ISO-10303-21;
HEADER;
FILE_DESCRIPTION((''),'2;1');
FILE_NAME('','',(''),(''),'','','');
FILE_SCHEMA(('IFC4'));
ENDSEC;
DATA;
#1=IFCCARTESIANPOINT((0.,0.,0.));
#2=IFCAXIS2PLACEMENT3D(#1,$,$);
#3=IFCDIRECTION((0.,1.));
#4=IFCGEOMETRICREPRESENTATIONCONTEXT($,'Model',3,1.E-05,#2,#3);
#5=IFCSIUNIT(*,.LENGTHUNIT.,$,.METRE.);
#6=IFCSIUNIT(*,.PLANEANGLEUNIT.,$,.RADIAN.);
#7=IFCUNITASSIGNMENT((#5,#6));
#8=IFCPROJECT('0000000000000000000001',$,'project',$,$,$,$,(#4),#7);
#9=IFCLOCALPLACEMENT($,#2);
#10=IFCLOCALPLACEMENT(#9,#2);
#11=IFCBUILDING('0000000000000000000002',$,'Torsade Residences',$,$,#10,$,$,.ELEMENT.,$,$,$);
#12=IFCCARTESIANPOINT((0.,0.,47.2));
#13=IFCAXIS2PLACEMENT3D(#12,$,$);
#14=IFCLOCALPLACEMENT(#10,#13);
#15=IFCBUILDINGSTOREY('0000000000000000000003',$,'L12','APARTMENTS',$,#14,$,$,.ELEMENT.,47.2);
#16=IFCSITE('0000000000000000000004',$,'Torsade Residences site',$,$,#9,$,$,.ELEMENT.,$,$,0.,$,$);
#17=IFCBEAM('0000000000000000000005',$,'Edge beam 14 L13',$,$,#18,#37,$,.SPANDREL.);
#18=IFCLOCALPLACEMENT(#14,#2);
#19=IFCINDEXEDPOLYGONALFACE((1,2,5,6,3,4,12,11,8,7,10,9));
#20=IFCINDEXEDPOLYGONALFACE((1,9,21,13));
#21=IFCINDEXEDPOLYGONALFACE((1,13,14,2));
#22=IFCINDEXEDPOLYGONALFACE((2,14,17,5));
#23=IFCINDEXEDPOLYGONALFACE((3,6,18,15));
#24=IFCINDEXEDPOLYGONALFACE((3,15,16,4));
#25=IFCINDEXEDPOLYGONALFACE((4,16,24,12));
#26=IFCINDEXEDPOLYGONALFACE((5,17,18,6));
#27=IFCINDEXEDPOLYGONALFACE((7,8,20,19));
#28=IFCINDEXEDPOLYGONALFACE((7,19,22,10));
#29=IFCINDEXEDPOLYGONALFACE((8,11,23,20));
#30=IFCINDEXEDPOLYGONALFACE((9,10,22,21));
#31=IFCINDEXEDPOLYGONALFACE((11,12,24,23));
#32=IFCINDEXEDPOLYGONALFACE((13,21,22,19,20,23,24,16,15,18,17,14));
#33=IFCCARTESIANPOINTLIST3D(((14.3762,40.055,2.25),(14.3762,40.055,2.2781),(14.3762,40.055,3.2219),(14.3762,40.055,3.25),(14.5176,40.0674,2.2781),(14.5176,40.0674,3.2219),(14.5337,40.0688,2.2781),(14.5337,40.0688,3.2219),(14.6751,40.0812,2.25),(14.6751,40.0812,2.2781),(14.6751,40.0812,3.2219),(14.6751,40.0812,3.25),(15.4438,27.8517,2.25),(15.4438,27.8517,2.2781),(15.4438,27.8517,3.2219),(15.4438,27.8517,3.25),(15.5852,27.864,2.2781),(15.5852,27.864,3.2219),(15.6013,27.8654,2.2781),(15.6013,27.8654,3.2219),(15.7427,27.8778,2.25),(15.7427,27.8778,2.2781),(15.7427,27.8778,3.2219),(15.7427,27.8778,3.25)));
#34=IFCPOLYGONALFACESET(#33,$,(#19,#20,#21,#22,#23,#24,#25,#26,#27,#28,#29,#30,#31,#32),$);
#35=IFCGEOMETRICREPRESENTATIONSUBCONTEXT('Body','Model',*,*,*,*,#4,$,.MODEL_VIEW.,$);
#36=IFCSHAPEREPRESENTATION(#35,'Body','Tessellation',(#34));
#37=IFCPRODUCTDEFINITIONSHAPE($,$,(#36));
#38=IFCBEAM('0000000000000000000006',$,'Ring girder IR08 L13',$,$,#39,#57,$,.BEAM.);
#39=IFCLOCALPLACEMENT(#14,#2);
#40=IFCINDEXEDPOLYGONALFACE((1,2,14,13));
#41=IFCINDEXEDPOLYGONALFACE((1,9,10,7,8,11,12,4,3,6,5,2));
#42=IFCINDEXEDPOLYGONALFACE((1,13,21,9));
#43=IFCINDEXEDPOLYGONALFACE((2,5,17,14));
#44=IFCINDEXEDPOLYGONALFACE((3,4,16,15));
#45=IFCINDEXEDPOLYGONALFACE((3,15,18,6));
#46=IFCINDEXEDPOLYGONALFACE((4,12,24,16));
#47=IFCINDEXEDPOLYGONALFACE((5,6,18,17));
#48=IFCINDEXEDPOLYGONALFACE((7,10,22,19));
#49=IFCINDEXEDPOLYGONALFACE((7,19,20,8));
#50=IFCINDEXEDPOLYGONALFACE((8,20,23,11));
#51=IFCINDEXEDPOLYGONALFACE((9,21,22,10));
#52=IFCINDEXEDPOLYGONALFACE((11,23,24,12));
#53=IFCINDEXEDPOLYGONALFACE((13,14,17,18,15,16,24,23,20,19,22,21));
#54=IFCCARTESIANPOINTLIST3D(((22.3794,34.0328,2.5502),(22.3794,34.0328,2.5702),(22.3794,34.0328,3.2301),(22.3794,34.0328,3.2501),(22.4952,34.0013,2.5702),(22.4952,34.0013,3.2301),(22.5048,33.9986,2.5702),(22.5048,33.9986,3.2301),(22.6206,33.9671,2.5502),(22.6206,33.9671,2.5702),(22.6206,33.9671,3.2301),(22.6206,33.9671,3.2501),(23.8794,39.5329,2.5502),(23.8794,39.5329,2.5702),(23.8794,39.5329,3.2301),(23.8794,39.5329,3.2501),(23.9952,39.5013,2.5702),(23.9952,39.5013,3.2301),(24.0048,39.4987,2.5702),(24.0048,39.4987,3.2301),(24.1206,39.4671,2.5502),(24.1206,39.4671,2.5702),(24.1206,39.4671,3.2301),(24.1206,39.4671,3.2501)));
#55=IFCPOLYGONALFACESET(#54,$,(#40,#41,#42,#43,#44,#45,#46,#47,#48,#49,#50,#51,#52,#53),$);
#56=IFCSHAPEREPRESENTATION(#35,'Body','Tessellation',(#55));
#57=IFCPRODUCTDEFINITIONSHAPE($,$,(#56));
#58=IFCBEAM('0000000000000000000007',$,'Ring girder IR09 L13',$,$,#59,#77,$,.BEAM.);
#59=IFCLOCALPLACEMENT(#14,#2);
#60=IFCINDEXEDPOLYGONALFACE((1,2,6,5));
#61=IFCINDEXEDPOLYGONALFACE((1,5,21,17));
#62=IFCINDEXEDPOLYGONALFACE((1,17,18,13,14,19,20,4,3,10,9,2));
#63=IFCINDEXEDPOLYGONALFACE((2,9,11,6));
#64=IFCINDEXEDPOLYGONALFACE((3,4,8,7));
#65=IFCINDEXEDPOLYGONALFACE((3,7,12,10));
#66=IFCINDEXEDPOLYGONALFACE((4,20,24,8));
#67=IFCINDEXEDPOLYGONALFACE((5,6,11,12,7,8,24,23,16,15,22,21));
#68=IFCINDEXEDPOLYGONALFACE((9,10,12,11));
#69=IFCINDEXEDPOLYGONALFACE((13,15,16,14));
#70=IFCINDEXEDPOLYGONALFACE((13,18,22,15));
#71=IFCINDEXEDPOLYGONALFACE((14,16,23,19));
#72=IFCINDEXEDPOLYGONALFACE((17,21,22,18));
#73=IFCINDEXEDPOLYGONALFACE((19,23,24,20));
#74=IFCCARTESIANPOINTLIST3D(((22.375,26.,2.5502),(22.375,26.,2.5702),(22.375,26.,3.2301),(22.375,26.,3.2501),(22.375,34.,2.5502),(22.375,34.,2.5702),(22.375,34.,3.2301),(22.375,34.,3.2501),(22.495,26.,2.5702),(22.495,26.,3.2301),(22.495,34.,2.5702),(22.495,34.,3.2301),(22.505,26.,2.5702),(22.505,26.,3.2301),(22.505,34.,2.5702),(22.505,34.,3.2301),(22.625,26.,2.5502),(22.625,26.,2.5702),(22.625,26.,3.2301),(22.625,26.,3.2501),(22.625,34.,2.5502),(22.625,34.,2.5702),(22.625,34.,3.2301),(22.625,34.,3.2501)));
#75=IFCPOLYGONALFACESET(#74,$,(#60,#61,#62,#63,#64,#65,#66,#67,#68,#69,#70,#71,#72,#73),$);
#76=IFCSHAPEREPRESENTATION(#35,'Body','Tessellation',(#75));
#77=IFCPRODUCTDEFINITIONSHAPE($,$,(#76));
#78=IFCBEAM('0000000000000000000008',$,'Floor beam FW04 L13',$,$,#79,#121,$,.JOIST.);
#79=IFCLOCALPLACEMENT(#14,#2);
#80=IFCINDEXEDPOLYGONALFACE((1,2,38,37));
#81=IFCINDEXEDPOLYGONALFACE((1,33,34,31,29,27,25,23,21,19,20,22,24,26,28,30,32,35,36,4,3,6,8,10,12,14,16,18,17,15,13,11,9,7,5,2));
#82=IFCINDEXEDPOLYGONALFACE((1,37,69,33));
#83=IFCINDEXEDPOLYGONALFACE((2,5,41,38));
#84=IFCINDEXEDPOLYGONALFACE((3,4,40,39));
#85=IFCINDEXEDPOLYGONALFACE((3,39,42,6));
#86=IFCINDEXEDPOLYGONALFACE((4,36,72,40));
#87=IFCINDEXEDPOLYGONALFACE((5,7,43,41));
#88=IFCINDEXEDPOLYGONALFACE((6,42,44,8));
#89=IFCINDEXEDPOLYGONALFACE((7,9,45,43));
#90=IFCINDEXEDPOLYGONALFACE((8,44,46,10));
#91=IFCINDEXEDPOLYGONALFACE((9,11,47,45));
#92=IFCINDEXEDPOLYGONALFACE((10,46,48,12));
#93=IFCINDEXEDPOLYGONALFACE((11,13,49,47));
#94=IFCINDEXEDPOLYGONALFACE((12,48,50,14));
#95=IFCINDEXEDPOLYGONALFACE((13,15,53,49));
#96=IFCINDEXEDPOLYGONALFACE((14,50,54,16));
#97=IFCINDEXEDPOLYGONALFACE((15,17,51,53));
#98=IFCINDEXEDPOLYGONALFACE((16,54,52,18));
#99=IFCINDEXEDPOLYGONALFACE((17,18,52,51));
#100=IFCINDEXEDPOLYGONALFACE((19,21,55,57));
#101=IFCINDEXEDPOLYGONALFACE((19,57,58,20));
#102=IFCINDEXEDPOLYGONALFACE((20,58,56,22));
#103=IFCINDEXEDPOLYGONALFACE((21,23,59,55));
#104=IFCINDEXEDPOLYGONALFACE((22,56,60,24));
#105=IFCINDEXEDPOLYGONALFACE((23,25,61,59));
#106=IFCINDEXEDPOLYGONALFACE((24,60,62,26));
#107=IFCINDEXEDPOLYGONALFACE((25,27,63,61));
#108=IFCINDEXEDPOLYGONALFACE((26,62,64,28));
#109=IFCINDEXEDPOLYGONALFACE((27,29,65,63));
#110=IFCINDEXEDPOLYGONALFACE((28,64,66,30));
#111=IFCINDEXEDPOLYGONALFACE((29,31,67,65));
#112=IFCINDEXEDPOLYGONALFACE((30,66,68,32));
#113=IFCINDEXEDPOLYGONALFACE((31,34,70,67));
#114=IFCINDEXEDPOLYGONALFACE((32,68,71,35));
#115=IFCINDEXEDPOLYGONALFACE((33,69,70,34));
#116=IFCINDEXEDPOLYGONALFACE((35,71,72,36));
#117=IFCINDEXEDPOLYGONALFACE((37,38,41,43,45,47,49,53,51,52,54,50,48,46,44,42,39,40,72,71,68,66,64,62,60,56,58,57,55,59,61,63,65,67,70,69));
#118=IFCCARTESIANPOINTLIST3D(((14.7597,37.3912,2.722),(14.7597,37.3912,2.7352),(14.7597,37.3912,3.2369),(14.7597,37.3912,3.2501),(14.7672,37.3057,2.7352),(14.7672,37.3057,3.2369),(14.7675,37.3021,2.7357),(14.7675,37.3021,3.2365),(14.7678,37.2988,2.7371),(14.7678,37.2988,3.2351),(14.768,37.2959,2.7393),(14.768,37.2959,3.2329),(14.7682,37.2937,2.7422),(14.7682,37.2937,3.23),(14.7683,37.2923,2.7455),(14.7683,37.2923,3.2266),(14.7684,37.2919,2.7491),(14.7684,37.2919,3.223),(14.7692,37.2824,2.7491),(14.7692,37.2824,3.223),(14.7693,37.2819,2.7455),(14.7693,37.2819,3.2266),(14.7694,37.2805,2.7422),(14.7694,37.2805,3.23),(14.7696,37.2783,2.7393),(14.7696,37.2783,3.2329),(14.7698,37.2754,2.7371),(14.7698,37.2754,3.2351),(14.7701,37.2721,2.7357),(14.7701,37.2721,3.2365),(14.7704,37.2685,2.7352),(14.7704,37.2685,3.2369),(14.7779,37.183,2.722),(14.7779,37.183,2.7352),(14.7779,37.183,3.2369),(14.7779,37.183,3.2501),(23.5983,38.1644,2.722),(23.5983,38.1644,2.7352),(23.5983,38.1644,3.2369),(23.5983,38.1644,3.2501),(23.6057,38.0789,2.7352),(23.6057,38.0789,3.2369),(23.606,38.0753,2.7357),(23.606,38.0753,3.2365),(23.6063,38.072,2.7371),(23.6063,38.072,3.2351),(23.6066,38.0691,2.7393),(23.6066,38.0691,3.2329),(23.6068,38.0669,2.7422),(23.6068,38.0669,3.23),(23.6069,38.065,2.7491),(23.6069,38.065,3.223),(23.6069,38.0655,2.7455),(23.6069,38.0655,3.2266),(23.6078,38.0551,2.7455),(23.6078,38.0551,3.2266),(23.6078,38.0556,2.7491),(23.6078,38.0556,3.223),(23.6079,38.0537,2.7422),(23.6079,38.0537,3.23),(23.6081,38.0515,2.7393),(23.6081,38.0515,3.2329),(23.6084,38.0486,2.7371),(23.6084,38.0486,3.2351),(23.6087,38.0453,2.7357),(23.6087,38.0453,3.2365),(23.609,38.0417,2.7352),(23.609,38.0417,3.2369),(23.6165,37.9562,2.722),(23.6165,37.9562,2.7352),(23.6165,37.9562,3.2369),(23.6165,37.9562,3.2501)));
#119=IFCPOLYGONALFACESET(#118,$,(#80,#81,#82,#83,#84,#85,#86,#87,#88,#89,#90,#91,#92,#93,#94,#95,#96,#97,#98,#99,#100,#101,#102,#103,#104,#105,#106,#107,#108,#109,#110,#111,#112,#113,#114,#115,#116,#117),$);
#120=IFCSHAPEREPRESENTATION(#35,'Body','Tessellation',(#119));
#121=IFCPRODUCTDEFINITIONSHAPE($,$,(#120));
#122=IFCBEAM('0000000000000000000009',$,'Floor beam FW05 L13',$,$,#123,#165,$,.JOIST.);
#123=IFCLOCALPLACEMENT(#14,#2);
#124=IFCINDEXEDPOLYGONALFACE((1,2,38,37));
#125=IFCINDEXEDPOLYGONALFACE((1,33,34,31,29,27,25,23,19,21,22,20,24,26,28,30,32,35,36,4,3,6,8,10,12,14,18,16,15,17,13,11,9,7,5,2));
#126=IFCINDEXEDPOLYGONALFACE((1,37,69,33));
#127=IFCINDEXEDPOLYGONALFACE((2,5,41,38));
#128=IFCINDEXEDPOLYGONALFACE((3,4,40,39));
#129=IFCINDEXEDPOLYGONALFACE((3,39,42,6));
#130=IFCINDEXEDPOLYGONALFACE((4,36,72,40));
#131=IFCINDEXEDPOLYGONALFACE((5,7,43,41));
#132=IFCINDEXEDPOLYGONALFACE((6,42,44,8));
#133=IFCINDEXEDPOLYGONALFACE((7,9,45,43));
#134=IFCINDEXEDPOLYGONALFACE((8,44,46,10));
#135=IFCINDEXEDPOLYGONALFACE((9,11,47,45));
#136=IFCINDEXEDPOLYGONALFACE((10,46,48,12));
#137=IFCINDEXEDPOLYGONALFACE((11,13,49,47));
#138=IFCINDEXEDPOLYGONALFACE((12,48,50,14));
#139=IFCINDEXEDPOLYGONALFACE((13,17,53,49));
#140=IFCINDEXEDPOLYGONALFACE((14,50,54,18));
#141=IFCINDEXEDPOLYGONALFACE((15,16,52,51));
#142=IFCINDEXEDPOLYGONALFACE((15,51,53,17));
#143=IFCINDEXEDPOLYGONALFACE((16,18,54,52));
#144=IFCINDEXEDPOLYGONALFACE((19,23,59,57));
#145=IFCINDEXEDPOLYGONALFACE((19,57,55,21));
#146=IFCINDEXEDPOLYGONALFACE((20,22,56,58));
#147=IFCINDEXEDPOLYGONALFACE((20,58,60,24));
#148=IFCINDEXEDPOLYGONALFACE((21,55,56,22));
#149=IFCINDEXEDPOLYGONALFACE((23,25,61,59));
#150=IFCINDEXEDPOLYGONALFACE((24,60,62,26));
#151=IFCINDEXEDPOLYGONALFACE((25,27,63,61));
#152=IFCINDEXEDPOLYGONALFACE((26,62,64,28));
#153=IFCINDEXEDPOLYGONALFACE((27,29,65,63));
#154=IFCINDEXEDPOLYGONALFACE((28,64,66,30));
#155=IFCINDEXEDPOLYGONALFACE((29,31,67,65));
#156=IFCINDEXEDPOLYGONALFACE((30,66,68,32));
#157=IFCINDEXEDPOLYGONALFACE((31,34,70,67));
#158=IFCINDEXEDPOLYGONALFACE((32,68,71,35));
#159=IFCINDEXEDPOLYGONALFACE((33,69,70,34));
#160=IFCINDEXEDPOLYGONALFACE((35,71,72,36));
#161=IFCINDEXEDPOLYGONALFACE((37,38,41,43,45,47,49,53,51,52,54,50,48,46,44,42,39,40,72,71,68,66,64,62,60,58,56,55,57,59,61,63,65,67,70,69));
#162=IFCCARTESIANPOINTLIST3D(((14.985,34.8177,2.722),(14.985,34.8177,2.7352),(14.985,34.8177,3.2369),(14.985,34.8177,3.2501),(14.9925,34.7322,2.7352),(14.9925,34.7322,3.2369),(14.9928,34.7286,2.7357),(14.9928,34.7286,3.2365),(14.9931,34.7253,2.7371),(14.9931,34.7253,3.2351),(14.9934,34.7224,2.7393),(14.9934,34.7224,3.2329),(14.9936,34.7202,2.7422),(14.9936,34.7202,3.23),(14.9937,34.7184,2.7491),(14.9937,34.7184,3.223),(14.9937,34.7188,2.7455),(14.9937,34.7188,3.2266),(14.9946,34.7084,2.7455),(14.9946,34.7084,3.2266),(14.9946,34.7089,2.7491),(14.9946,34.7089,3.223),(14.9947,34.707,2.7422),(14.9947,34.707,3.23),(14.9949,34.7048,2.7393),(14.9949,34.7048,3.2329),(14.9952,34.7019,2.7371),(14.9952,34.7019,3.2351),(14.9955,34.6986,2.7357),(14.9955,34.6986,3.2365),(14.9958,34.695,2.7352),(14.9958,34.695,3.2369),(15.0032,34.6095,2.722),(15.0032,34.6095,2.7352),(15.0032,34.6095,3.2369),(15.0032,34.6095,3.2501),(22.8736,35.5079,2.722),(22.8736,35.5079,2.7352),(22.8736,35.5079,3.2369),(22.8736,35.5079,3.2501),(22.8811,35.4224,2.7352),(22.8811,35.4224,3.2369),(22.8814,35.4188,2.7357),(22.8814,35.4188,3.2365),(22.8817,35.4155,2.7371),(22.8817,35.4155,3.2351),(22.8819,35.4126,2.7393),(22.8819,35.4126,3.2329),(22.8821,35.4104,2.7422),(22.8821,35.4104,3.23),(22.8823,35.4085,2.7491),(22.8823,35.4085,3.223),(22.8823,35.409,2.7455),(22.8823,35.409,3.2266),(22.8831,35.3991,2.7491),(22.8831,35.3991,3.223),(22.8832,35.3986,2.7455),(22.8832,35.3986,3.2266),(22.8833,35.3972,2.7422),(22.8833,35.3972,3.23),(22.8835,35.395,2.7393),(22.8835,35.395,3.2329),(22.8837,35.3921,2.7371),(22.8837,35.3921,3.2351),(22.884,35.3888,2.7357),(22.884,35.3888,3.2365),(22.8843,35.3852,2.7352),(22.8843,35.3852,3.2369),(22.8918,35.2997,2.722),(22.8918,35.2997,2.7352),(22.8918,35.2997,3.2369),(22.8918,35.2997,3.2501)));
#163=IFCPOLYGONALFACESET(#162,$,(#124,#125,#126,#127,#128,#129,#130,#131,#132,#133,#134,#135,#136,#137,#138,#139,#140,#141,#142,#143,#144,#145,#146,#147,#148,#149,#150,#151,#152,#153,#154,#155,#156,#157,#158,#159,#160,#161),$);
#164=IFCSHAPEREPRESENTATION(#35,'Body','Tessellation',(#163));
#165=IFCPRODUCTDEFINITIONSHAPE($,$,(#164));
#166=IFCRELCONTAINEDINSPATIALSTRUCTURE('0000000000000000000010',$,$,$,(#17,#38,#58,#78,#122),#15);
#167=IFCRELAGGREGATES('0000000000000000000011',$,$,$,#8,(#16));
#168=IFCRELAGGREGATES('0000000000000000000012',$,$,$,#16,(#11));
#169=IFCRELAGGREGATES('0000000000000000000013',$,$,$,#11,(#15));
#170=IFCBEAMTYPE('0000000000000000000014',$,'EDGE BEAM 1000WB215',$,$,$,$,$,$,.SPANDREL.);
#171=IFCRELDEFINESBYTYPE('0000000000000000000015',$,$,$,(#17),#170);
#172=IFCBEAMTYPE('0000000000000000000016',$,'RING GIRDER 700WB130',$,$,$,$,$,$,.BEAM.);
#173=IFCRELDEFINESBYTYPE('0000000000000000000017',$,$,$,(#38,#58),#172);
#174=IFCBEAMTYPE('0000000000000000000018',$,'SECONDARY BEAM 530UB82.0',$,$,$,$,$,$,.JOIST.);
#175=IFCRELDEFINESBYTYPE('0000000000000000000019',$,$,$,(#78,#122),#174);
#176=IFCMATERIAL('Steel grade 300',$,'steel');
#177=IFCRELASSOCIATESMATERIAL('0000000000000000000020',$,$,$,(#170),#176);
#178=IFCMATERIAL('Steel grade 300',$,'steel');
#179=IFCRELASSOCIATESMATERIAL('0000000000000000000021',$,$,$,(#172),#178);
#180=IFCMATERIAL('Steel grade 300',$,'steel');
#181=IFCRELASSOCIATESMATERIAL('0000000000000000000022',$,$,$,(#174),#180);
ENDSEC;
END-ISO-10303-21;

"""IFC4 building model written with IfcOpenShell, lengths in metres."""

from ifc_helpers import new_model, si_unit, direction, frame, origin, origin_2d, place, context, subcontext, project, spatial, i_section, extrude, material, material_profile, profile_set, type_object, element, save


model = new_model("IFC4")

# Units and contexts
model_context = context("Model", 3, precision=1e-05, world=origin(), true_north=direction((0.0, 1.0)))
body_context = subcontext(model_context, "Body", "Model", "MODEL_VIEW")
ifc_project = project(units=[si_unit("LENGTHUNIT", "METRE"), si_unit("PLANEANGLEUNIT", "RADIAN")], contexts=[model_context])

# Site, building, storey
site_placement = place(None, origin())
site = spatial("IfcSite", under=ifc_project, at=site_placement, Name="Torsade Residences site", CompositionType="ELEMENT", RefElevation=0.0)
building_placement = place(site_placement, origin())
building = spatial("IfcBuilding", under=site, at=building_placement, Name="Torsade Residences", CompositionType="ELEMENT")
storey_placement = place(building_placement, frame((0.0, 0.0, 47.2)))
storey = spatial("IfcBuildingStorey", under=building, at=storey_placement, Name="L12", Description="APARTMENTS", CompositionType="ELEMENT", Elevation=47.2)

# Beams
ifc_material_1 = material(Name="Steel grade 300", Category="steel")
ifc_material_profile_1 = material_profile(ifc_material_1, i_section(OverallWidth=0.3, OverallDepth=1.0, WebThickness=0.0161, FlangeThickness=0.0281, at=origin_2d()), Name="1000WB215")
ifc_profile_set_1 = profile_set([ifc_material_profile_1], Name="Steel grade 300")
beam_type_1 = type_object("IfcBeamType", Name="EDGE BEAM 1000WB215", PredefinedType="SPANDREL", material=ifc_profile_set_1)
beam_1_placement = place(storey_placement, frame((14.5256, 40.0681, 2.75), z_axis=(0.087153, -0.996195, 0.0), x_axis=(0.996195, 0.087153, 0.0)))
element("IfcBeam", 1, at=beam_1_placement, inside=storey, type_object=beam_type_1, Name="Edge beam 14 L13", PredefinedType="SPANDREL", context=body_context, shape_type="SweptSolid", body=[
    extrude(i_section(OverallWidth=0.3, OverallDepth=1.0, WebThickness=0.0161, FlangeThickness=0.0281, at=origin_2d()), origin(), (0.0, 0.0, 1.0), 12.25),
])
ifc_material_2 = material(Name="Steel grade 300", Category="steel")
ifc_material_profile_2 = material_profile(ifc_material_2, i_section(OverallWidth=0.25, OverallDepth=0.7, WebThickness=0.01, FlangeThickness=0.02, at=origin_2d()), Name="700WB130")
ifc_profile_set_2 = profile_set([ifc_material_profile_2], Name="Steel grade 300")
beam_type_2 = type_object("IfcBeamType", Name="RING GIRDER 700WB130", PredefinedType="BEAM", material=ifc_profile_set_2)
beam_2_placement = place(storey_placement, frame((24.0, 39.5, 2.9001), z_axis=(-0.263117, -0.964764, 0.0), x_axis=(0.964764, -0.263117, 0.0)))
element("IfcBeam", 2, at=beam_2_placement, inside=storey, type_object=beam_type_2, Name="Ring girder IR08 L13", PredefinedType="BEAM", context=body_context, shape_type="SweptSolid", body=[
    extrude(i_section(OverallWidth=0.25, OverallDepth=0.7, WebThickness=0.01, FlangeThickness=0.02, at=origin_2d()), origin(), (0.0, 0.0, 1.0), 5.7009),
])
beam_3_placement = place(storey_placement, frame((22.5, 34.0, 2.9001), z_axis=(0.0, -1.0, 0.0), x_axis=(1.0, 0.0, 0.0)))
element("IfcBeam", 3, at=beam_3_placement, inside=storey, type_object=beam_type_2, Name="Ring girder IR09 L13", PredefinedType="BEAM", context=body_context, shape_type="SweptSolid", body=[
    extrude(i_section(OverallWidth=0.25, OverallDepth=0.7, WebThickness=0.01, FlangeThickness=0.02, at=origin_2d()), origin(), (0.0, 0.0, 1.0), 8.0),
])
ifc_material_3 = material(Name="Steel grade 300", Category="steel")
ifc_material_profile_3 = material_profile(ifc_material_3, i_section(OverallWidth=0.209, OverallDepth=0.5281, WebThickness=0.0095, FlangeThickness=0.0132, FilletRadius=0.0139, at=origin_2d()), Name="530UB82.0")
ifc_profile_set_3 = profile_set([ifc_material_profile_3], Name="Steel grade 300")
beam_type_3 = type_object("IfcBeamType", Name="SECONDARY BEAM 530UB82.0", PredefinedType="JOIST", material=ifc_profile_set_3)
beam_4_placement = place(storey_placement, frame((14.7688, 37.2871, 2.9861), z_axis=(0.996196, 0.087146, 0.0), x_axis=(-0.087146, 0.996196, 0.0)))
element("IfcBeam", 4, at=beam_4_placement, inside=storey, type_object=beam_type_3, Name="Floor beam FW04 L13", PredefinedType="JOIST", context=body_context, shape_type="SweptSolid", body=[
    extrude(i_section(OverallWidth=0.209, OverallDepth=0.5281, WebThickness=0.0095, FlangeThickness=0.0132, FilletRadius=0.0139, at=origin_2d()), origin(), (0.0, 0.0, 1.0), 8.8723),
])
beam_5_placement = place(storey_placement, frame((14.9941, 34.7136, 2.9861), z_axis=(0.996195, 0.087158, 0.0), x_axis=(-0.087158, 0.996195, 0.0)))
element("IfcBeam", 5, at=beam_5_placement, inside=storey, type_object=beam_type_3, Name="Floor beam FW05 L13", PredefinedType="JOIST", context=body_context, shape_type="SweptSolid", body=[
    extrude(i_section(OverallWidth=0.209, OverallDepth=0.5281, WebThickness=0.0095, FlangeThickness=0.0132, FilletRadius=0.0139, at=origin_2d()), origin(), (0.0, 0.0, 1.0), 7.9187),
])

save(model, "model.ifc")
